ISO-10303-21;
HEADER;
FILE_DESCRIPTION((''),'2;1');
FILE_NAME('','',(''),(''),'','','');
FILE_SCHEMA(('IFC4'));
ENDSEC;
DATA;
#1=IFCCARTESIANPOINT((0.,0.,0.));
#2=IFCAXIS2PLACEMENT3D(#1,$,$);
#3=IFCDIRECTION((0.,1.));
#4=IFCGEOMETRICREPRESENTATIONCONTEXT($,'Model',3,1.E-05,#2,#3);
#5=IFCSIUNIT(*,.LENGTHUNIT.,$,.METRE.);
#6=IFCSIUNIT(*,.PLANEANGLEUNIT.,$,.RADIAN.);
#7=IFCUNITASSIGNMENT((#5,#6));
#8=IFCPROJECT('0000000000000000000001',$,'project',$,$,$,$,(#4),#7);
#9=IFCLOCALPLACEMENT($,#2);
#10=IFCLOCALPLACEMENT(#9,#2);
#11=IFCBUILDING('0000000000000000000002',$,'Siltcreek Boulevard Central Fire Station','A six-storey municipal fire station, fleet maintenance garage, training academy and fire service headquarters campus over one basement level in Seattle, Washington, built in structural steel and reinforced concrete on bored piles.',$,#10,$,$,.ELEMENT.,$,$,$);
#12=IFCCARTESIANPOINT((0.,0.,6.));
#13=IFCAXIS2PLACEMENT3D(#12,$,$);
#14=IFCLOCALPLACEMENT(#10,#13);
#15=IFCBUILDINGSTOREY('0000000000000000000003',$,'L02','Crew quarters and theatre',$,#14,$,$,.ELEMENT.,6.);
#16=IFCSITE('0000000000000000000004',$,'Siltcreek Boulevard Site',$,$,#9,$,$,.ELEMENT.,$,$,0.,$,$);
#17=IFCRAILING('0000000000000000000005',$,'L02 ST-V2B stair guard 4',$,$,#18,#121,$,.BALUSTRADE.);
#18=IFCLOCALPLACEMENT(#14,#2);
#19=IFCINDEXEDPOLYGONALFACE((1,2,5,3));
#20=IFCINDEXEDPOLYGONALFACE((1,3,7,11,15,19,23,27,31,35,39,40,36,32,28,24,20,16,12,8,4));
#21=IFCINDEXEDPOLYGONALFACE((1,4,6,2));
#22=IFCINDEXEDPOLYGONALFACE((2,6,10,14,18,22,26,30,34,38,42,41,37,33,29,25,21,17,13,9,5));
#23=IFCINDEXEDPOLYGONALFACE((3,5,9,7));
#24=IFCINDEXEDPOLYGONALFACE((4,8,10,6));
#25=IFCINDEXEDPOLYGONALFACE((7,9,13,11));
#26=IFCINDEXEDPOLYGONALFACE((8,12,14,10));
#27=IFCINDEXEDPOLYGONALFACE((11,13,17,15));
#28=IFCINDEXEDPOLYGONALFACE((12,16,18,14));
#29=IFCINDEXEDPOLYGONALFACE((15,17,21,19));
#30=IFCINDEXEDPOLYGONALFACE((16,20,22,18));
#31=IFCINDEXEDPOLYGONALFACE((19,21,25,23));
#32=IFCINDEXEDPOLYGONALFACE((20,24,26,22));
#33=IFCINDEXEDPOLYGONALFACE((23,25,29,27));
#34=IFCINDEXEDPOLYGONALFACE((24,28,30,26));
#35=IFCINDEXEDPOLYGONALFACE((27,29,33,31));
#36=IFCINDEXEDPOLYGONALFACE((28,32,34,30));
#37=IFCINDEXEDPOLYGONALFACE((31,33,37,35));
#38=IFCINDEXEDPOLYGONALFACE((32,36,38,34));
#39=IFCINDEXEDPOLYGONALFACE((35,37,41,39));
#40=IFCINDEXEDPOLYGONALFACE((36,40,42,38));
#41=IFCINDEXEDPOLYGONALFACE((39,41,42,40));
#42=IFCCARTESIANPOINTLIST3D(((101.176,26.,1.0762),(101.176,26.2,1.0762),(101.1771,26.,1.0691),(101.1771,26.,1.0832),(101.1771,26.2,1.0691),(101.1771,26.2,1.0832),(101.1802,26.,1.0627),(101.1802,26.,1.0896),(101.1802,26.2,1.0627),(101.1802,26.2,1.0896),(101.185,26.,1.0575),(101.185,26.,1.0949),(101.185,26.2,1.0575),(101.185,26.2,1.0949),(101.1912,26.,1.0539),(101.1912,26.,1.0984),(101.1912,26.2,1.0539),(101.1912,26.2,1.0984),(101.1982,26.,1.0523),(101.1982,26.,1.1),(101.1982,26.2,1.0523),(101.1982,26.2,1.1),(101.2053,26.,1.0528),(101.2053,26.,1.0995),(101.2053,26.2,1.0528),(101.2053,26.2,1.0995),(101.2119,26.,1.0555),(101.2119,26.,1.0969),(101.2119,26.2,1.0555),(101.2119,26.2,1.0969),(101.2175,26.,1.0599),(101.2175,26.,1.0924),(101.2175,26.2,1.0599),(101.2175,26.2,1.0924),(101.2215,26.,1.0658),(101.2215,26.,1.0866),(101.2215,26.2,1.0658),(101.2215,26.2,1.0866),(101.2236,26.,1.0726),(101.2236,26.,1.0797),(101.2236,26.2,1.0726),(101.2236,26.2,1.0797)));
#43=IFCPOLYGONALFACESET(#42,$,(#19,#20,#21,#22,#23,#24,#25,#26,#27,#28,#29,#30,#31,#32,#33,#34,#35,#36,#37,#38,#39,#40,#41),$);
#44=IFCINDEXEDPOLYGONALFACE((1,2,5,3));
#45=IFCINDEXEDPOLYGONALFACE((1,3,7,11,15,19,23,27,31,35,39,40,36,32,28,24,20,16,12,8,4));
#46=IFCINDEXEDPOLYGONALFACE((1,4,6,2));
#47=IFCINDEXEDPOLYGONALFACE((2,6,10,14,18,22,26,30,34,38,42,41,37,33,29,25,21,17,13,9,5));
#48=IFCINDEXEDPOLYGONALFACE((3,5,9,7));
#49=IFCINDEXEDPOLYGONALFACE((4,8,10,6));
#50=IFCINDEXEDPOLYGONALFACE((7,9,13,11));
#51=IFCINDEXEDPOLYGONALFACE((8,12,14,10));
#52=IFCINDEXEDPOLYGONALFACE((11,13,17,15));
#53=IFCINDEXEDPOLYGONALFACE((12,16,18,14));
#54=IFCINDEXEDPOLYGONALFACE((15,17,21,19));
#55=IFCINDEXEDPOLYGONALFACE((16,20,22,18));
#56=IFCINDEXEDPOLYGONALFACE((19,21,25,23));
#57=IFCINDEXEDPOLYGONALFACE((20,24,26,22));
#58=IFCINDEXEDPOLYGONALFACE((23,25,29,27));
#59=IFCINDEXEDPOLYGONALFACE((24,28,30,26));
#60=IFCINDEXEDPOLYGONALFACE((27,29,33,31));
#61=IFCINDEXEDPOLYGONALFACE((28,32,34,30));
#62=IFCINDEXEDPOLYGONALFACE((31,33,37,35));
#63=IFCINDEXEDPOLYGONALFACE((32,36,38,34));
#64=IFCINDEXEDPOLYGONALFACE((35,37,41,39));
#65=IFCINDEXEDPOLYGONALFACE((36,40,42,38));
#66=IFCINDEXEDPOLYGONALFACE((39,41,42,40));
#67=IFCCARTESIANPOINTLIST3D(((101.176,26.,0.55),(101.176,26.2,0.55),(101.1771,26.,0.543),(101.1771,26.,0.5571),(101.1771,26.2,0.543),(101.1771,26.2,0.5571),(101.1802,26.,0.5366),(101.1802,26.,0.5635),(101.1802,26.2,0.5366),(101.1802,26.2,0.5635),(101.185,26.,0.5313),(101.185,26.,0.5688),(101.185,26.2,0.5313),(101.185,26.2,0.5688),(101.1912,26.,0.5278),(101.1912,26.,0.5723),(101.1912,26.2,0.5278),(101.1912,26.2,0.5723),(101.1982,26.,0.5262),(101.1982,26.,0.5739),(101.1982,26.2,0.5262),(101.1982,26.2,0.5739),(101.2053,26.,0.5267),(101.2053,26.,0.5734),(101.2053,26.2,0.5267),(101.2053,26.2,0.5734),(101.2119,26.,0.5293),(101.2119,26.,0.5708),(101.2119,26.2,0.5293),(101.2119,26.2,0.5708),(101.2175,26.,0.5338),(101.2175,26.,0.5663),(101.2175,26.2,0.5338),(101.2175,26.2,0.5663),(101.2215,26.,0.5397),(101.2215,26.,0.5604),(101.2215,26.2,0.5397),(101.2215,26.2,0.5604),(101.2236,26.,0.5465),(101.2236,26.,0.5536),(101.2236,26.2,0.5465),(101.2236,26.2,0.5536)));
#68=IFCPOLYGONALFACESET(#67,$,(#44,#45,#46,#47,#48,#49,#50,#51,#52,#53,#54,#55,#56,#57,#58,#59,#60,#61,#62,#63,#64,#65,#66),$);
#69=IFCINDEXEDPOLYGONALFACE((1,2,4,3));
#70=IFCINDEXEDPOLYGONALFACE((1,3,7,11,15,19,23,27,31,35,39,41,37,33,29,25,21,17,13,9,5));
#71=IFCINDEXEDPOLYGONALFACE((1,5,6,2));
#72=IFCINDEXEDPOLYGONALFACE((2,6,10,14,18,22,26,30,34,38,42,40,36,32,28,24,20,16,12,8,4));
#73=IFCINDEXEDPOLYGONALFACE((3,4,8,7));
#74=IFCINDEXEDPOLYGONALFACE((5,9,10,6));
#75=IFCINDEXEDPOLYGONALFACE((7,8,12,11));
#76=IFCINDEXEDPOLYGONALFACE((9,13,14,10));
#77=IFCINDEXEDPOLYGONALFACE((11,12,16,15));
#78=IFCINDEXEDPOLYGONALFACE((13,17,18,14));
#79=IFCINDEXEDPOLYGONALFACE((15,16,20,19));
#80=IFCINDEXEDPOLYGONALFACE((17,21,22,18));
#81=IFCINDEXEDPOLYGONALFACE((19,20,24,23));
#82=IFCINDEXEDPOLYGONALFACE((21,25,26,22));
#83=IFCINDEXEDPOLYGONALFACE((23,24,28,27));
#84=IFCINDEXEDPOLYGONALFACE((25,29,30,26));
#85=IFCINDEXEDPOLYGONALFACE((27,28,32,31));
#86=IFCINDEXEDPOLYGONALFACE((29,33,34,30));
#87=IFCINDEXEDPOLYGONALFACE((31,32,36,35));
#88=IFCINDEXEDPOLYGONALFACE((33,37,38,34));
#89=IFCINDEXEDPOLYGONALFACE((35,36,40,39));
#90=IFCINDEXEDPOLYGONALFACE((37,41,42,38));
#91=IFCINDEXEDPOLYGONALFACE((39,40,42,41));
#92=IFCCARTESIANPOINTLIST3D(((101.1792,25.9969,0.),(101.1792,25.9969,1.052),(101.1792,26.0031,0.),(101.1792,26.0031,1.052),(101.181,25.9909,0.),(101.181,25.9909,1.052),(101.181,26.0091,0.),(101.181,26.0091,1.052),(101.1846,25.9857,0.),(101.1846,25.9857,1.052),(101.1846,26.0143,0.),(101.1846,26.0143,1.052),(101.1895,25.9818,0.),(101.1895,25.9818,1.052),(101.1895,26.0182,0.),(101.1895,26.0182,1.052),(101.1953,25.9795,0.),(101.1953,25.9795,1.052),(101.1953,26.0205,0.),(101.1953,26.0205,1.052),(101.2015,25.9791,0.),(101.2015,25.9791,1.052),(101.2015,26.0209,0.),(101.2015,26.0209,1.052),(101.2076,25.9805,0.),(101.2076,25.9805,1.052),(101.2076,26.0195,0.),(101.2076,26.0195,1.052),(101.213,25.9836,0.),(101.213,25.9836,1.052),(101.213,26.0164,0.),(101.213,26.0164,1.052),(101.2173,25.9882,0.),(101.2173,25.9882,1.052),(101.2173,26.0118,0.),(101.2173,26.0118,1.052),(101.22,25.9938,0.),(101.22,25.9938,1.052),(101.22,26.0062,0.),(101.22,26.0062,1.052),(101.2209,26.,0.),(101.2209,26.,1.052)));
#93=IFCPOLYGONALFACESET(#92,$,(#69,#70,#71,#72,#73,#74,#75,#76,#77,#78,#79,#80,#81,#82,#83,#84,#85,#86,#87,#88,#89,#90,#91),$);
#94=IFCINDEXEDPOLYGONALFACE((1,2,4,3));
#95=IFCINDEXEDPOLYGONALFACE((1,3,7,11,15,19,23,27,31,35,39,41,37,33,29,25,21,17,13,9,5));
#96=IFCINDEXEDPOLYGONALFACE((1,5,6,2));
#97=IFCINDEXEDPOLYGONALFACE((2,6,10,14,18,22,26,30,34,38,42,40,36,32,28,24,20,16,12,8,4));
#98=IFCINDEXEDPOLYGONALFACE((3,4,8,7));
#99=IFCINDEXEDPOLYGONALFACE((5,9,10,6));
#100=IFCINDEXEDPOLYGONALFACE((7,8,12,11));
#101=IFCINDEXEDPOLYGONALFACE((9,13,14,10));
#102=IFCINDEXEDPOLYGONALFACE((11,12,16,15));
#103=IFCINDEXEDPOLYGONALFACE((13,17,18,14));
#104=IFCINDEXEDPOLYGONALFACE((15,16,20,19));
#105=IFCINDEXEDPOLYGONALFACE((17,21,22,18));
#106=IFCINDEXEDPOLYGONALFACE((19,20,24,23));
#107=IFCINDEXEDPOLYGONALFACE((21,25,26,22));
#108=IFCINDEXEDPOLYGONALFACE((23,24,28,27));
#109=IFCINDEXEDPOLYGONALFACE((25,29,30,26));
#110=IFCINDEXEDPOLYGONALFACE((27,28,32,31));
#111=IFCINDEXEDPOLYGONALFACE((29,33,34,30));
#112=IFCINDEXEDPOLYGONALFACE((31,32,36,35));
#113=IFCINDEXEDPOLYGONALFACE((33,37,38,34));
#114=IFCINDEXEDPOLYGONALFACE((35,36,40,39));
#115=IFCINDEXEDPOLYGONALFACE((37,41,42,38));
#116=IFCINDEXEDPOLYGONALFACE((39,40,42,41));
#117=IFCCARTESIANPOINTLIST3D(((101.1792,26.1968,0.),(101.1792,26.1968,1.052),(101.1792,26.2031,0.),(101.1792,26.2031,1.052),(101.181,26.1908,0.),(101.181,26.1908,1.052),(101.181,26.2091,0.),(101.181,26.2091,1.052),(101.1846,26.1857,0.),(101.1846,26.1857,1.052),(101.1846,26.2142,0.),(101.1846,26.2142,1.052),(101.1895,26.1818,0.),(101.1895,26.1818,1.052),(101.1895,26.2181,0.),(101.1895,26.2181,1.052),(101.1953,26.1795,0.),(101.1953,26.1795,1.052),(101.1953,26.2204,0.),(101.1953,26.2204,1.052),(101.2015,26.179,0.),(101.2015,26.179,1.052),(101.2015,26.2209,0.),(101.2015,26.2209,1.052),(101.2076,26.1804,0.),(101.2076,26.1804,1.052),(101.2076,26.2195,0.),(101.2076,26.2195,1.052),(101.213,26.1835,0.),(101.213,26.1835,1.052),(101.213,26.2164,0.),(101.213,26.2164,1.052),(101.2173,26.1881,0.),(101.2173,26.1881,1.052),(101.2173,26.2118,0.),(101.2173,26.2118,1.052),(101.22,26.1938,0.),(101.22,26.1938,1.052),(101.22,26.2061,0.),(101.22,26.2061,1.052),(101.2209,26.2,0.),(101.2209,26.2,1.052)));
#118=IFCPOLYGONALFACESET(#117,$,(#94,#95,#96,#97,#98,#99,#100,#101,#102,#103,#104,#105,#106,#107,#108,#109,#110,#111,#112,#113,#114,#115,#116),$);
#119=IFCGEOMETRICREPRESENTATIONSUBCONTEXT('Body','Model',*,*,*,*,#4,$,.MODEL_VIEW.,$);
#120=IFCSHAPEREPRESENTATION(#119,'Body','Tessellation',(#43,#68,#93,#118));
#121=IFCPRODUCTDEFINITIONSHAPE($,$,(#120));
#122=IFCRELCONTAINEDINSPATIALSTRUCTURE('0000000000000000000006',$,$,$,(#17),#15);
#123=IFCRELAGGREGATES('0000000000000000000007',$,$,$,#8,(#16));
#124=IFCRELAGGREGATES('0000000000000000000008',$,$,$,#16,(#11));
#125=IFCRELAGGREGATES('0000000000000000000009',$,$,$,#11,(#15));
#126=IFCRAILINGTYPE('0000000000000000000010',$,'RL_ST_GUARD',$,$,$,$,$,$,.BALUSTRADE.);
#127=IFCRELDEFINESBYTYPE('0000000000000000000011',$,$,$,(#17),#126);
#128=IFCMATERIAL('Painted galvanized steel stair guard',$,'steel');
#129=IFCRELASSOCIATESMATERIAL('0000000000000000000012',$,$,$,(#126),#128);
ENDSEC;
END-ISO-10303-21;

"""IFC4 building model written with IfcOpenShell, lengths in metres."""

from ifc_helpers import new_model, si_unit, direction, frame, origin, origin_2d, place, context, subcontext, project, spatial, circle, extrude, material, type_object, element, save


model = new_model("IFC4")

# Units and contexts
model_context = context("Model", 3, precision=1e-05, world=origin(), true_north=direction((0.0, 1.0)))
body_context = subcontext(model_context, "Body", "Model", "MODEL_VIEW")
ifc_project = project(units=[si_unit("LENGTHUNIT", "METRE"), si_unit("PLANEANGLEUNIT", "RADIAN")], contexts=[model_context])

# Site, building, storey
site_placement = place(None, origin())
site = spatial("IfcSite", under=ifc_project, at=site_placement, Name="Siltcreek Boulevard Site", CompositionType="ELEMENT", RefElevation=0.0)
building_placement = place(site_placement, origin())
building = spatial("IfcBuilding", under=site, at=building_placement, Name="Siltcreek Boulevard Central Fire Station", Description="A six-storey municipal fire station, fleet maintenance garage, training academy and fire service headquarters campus over one basement level in Seattle, Washington, built in structural steel and reinforced concrete on bored piles.", CompositionType="ELEMENT")
storey_placement = place(building_placement, frame((0.0, 0.0, 6.0)))
storey = spatial("IfcBuildingStorey", under=building, at=storey_placement, Name="L02", Description="Crew quarters and theatre", CompositionType="ELEMENT", Elevation=6.0)

# Railing
ifc_material_1 = material(Name="Painted galvanized steel stair guard", Category="steel")
railing_type_1 = type_object("IfcRailingType", Name="RL_ST_GUARD", PredefinedType="BALUSTRADE", material=ifc_material_1)
railing_1_placement = place(storey_placement, frame((101.2, 26.0, 0.0)))
element("IfcRailing", 1, at=railing_1_placement, inside=storey, type_object=railing_type_1, Name="L02 ST-V2B stair guard 4", PredefinedType="BALUSTRADE", context=body_context, shape_type="SweptSolid", body=[
    extrude(circle(Radius=0.0239, at=origin_2d()), frame((0.0, 0.0, 1.0762), z_axis=(0.0, 1.0, 0.0), x_axis=(-1.0, 0.0, 0.0)), (0.0, 0.0, 1.0), 0.2),
    extrude(circle(Radius=0.0239, at=origin_2d()), frame((0.0, 0.0, 0.55), z_axis=(0.0, 1.0, 0.0), x_axis=(-1.0, 0.0, 0.0)), (0.0, 0.0, 1.0), 0.2),
    extrude(circle(Radius=0.021, at=origin_2d()), origin(), (0.0, 0.0, 1.0), 1.052),
    extrude(circle(Radius=0.021, at=origin_2d()), frame((0.0, 0.2, 0.0)), (0.0, 0.0, 1.0), 1.052),
])

save(model, "model.ifc")
